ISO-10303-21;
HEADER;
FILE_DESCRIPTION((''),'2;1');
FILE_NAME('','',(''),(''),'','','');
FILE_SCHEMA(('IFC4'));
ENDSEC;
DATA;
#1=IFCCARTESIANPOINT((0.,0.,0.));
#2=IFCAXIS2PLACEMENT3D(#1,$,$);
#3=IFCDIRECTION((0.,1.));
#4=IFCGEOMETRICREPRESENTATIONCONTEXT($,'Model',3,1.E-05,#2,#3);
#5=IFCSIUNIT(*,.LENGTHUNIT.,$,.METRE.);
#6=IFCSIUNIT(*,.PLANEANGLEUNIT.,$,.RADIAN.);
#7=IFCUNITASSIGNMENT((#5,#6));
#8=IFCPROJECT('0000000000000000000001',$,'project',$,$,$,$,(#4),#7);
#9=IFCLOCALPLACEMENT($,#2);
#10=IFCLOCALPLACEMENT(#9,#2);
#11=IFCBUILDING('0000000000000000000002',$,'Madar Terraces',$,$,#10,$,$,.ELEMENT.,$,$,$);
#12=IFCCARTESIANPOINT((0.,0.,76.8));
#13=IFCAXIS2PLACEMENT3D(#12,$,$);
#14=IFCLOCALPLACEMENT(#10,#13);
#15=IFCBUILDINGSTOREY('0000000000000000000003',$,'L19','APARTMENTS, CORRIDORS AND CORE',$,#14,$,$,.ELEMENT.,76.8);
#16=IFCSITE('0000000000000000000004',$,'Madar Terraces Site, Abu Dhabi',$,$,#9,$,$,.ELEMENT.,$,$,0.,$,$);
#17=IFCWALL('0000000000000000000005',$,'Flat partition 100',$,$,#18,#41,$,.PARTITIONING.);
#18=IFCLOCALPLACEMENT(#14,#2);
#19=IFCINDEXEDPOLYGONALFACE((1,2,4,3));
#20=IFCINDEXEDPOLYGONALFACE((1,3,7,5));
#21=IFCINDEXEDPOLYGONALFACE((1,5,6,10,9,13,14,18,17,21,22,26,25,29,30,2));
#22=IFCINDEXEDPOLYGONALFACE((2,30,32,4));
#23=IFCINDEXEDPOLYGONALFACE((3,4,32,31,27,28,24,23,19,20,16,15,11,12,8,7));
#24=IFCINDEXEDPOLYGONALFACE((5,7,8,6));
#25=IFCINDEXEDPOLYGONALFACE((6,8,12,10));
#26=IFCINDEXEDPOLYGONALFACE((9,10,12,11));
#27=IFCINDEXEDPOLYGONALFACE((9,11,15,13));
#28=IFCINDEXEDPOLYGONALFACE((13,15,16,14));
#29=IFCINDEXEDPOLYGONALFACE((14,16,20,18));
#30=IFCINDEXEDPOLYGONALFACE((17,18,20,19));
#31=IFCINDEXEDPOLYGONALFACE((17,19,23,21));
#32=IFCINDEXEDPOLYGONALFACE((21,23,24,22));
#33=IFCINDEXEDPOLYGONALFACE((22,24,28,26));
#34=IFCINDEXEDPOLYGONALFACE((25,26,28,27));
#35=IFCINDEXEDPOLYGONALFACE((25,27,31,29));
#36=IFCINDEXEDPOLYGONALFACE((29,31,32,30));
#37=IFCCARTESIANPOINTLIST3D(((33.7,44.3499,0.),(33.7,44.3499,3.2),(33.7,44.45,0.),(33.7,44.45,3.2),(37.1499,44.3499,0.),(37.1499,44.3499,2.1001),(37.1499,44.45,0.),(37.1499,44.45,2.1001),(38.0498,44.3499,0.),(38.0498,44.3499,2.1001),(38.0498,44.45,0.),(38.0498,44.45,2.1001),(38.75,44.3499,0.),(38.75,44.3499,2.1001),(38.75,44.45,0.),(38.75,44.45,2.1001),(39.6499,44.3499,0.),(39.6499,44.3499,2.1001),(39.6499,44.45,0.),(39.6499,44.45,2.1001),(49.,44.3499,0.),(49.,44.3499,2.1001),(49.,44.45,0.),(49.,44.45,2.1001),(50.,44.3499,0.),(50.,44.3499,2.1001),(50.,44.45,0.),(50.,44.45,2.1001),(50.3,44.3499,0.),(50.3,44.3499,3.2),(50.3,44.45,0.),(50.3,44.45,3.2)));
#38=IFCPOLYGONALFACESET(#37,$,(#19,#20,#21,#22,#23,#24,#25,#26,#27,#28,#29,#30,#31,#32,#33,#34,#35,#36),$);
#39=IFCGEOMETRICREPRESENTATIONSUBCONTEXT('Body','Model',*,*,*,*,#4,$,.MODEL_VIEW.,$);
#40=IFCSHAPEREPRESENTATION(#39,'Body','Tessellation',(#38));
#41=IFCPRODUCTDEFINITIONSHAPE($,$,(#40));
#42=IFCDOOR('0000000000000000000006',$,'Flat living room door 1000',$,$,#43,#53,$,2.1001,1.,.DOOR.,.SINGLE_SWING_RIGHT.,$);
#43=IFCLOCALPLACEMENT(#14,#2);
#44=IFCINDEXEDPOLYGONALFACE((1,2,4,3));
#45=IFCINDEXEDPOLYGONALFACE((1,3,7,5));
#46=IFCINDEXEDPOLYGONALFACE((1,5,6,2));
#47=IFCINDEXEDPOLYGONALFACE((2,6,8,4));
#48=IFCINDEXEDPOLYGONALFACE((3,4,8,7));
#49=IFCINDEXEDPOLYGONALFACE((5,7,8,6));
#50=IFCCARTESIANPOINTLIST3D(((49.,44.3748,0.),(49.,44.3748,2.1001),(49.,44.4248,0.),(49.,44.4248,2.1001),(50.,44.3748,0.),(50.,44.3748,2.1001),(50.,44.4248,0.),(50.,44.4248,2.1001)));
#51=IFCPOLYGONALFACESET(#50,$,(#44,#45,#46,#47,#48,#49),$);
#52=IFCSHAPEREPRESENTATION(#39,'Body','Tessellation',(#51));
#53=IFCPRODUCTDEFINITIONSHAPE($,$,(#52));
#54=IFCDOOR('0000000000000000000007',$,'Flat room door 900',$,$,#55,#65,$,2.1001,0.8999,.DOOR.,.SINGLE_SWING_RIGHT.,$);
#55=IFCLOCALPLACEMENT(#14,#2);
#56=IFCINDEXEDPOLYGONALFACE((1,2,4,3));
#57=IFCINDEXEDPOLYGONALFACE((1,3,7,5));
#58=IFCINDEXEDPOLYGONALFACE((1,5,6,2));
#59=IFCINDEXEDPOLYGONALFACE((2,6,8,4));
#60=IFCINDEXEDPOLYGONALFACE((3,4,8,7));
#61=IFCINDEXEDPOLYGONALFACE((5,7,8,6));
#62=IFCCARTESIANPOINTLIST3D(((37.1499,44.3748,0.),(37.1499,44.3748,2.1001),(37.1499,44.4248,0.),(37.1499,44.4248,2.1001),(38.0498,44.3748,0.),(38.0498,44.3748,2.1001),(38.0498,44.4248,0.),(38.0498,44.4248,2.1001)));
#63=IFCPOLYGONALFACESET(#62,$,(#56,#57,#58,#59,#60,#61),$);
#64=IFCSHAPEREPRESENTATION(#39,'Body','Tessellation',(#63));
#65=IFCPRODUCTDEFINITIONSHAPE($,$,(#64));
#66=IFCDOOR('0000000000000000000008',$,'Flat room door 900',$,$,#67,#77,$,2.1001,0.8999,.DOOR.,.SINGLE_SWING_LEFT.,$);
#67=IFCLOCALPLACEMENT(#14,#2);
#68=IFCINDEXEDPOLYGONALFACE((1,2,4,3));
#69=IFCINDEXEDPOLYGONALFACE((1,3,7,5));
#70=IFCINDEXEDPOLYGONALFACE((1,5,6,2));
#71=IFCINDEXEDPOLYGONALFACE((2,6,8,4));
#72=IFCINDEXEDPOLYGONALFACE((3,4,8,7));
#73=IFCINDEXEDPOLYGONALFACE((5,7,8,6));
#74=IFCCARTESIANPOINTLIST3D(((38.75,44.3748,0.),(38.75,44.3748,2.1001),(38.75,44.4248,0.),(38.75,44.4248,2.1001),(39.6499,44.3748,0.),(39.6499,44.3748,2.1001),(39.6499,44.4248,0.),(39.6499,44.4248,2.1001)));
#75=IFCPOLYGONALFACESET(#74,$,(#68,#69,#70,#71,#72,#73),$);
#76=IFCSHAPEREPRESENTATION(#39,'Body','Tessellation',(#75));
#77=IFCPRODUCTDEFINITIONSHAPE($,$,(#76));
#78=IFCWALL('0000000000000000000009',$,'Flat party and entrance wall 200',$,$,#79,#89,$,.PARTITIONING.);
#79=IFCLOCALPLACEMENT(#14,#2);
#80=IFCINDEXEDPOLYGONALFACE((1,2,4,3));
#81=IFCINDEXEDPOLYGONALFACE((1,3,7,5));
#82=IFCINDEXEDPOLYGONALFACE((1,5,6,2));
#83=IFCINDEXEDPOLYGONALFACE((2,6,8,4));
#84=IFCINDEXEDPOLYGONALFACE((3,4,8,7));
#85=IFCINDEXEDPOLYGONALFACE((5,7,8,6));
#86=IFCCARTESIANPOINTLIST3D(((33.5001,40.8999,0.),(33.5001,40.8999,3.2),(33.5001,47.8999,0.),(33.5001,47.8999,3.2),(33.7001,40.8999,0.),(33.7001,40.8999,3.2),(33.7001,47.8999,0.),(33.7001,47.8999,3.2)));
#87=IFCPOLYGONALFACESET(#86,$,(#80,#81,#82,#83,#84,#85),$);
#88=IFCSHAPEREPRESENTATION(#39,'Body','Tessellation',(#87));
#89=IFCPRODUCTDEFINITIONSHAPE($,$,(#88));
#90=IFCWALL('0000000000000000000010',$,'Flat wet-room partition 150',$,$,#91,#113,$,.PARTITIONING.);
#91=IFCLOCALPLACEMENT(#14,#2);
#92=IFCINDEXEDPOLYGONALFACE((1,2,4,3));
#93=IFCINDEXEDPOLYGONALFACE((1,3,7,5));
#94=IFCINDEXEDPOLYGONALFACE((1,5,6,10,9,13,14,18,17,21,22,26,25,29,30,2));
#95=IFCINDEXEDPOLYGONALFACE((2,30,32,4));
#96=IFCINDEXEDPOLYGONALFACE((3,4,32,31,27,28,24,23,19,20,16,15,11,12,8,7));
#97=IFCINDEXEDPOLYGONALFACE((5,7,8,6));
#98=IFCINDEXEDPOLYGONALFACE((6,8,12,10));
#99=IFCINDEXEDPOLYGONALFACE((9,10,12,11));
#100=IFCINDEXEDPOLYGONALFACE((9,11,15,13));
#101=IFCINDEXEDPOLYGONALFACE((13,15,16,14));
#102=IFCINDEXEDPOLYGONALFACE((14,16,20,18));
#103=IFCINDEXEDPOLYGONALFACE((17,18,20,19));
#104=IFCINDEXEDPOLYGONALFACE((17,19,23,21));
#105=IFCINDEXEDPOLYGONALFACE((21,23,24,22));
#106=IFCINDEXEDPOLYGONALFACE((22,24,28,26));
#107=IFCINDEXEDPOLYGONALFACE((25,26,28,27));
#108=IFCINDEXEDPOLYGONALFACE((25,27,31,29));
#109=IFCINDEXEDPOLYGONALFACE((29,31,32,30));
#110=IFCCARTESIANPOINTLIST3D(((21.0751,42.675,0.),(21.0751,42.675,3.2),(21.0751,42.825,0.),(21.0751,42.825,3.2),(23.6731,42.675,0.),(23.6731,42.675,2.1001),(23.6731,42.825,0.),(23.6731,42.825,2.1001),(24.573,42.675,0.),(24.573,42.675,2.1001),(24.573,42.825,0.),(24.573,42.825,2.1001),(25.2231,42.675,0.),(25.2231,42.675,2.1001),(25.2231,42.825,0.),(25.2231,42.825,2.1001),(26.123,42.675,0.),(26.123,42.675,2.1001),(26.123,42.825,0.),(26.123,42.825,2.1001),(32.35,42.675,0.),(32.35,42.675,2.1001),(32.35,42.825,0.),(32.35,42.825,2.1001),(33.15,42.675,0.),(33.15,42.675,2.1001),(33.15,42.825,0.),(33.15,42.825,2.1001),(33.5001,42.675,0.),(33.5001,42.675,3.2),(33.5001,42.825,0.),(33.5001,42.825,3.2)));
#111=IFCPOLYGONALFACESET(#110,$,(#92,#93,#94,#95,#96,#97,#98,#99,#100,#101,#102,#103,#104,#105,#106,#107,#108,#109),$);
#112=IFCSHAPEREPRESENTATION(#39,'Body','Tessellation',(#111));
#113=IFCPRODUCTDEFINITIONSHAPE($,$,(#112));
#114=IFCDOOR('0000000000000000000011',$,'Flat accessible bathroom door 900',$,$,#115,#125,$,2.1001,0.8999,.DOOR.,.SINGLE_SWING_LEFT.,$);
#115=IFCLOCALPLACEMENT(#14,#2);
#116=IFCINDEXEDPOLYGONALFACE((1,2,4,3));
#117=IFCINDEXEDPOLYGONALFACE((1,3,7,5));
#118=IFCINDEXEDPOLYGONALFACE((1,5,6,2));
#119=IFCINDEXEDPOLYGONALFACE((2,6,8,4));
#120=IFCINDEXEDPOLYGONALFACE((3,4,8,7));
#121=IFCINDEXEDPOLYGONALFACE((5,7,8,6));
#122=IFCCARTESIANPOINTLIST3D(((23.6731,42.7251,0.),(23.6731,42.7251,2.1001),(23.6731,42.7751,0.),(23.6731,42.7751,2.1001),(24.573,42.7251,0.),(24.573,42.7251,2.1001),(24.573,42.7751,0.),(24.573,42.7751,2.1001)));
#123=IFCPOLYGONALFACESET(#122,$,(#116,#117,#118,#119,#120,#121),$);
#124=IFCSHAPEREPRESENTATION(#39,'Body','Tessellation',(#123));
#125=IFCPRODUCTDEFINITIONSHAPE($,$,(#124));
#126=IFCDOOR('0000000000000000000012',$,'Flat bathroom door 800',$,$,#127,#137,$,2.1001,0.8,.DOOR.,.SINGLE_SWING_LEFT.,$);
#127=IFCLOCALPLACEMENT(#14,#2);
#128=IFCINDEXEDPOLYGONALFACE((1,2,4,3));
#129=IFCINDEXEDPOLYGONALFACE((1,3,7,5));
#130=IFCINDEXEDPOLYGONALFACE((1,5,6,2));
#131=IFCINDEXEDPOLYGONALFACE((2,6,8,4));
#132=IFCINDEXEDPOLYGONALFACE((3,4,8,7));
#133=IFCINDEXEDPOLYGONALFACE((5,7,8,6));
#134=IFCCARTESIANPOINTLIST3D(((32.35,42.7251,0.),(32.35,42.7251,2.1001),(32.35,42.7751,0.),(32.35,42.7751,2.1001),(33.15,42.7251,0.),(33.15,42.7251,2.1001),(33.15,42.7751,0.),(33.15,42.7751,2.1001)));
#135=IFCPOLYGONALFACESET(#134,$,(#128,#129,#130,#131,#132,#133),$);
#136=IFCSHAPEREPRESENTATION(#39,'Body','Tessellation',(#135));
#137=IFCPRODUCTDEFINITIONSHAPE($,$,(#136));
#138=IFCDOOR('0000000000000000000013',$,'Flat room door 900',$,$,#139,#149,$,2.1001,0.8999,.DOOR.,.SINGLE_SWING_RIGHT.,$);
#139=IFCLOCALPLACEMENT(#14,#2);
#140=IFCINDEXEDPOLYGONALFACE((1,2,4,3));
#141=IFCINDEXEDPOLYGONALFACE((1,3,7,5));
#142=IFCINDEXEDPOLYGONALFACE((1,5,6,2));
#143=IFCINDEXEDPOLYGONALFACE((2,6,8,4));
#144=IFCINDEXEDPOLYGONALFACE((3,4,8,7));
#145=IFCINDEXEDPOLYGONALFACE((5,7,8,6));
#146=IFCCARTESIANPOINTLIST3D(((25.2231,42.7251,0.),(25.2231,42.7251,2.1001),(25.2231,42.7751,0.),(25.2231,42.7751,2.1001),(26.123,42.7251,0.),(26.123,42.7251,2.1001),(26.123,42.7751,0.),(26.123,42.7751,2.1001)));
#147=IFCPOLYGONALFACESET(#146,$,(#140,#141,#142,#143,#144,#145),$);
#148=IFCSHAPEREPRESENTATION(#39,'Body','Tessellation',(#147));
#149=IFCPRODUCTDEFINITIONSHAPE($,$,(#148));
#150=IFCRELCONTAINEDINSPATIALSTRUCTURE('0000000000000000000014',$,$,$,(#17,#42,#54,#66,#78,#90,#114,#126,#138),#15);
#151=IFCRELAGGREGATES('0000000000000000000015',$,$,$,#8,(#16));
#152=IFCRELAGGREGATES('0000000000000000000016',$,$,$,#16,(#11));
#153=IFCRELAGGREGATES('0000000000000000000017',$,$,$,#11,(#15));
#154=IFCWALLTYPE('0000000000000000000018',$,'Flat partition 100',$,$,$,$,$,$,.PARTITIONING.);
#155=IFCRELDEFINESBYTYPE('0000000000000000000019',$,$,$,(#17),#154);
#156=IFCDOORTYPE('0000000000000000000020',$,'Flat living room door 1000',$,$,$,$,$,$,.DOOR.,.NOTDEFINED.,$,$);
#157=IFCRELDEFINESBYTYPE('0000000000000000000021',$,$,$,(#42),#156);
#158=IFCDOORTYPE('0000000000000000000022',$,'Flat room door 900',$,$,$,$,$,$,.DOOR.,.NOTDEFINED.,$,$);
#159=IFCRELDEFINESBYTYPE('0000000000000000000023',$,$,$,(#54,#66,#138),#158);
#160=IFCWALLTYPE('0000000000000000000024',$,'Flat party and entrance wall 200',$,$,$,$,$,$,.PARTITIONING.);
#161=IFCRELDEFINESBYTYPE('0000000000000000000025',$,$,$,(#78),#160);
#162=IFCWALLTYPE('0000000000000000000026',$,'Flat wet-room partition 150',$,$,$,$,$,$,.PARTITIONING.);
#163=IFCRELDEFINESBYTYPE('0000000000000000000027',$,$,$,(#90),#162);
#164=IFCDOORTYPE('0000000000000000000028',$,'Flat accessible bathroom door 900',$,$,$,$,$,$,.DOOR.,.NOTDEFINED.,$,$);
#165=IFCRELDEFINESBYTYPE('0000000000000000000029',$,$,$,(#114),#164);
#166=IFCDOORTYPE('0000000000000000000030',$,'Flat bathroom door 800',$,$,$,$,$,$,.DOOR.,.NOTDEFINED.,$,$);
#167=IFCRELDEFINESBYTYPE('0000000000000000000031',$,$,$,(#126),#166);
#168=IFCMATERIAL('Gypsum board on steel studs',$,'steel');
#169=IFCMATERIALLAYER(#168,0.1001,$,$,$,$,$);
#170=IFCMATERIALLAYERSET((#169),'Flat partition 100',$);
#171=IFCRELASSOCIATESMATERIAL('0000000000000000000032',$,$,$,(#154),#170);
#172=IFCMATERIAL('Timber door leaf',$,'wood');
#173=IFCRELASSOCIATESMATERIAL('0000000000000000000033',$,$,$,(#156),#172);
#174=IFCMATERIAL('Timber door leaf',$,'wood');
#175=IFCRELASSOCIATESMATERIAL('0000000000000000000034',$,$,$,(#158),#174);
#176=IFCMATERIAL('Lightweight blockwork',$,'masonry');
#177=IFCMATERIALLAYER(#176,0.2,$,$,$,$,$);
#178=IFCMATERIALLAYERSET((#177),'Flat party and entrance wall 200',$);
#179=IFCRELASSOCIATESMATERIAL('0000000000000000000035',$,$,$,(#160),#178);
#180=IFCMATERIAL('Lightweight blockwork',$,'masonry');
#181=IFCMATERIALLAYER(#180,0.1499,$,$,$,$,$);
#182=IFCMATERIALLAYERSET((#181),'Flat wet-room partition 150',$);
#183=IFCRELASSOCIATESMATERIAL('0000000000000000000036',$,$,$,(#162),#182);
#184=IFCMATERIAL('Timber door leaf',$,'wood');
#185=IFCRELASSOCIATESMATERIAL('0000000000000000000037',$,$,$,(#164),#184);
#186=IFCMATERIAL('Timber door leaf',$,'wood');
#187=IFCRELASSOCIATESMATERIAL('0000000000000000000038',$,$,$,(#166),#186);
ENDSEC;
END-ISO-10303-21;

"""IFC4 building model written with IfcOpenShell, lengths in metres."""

from ifc_helpers import new_model, si_unit, direction, frame, frame_2d, origin, place, context, subcontext, project, spatial, rectangle, extrude, material, layer, layer_set, type_object, element, fill, save


model = new_model("IFC4")

# Units and contexts
model_context = context("Model", 3, precision=1e-05, world=origin(), true_north=direction((0.0, 1.0)))
body_context = subcontext(model_context, "Body", "Model", "MODEL_VIEW")
ifc_project = project(units=[si_unit("LENGTHUNIT", "METRE"), si_unit("PLANEANGLEUNIT", "RADIAN")], contexts=[model_context])

# Site, building, storey
site_placement = place(None, origin())
site = spatial("IfcSite", under=ifc_project, at=site_placement, Name="Madar Terraces Site, Abu Dhabi", CompositionType="ELEMENT", RefElevation=0.0)
building_placement = place(site_placement, origin())
building = spatial("IfcBuilding", under=site, at=building_placement, Name="Madar Terraces", CompositionType="ELEMENT")
storey_placement = place(building_placement, frame((0.0, 0.0, 76.8)))
storey = spatial("IfcBuildingStorey", under=building, at=storey_placement, Name="L19", Description="APARTMENTS, CORRIDORS AND CORE", CompositionType="ELEMENT", Elevation=76.8)

# Shared definitions
ifc_material_1 = material(Name="Gypsum board on steel studs", Category="steel")
ifc_layer_1 = layer(ifc_material_1, 0.1001)
ifc_layer_set_1 = layer_set([ifc_layer_1], Name="Flat partition 100")
wall_type_1 = type_object("IfcWallType", Name="Flat partition 100", PredefinedType="PARTITIONING", material=ifc_layer_set_1)

# Wall, openings, doors
wall_1_placement = place(storey_placement, frame((33.7, 44.3999, 0.0), z_axis=(0.0, 0.0, 1.0), x_axis=(1.0, 0.0, 0.0)))
wall_1 = element("IfcWall", 1, at=wall_1_placement, inside=storey, type_object=wall_type_1, Name="Flat partition 100", PredefinedType="PARTITIONING", context=body_context, shape_type="SweptSolid", body=[
    extrude(rectangle(XDim=16.6001, YDim=0.1001, at=frame_2d((8.3, 0.0))), origin(), (0.0, 0.0, 1.0), 3.2),
])
opening_1_placement = place(wall_1_placement, frame((3.45, 0.0, 0.0)))
opening_1 = element("IfcOpeningElement", 2, at=opening_1_placement, cuts=wall_1, PredefinedType="OPENING", context=body_context, shape_type="SweptSolid", body=[
    extrude(rectangle(XDim=0.8999, YDim=2.1001, at=frame_2d((0.45, 1.05))), frame((0.0, 0.0601, 0.0), z_axis=(0.0, -1.0, 0.0), x_axis=(1.0, 0.0, 0.0)), (0.0, 0.0, 1.0), 0.1201),
])
opening_2_placement = place(wall_1_placement, frame((5.05, 0.0, 0.0)))
opening_2 = element("IfcOpeningElement", 3, at=opening_2_placement, cuts=wall_1, PredefinedType="OPENING", context=body_context, shape_type="SweptSolid", body=[
    extrude(rectangle(XDim=0.8999, YDim=2.1001, at=frame_2d((0.45, 1.05))), frame((0.0, 0.0601, 0.0), z_axis=(0.0, -1.0, 0.0), x_axis=(1.0, 0.0, 0.0)), (0.0, 0.0, 1.0), 0.1201),
])
opening_3_placement = place(wall_1_placement, frame((15.3, 0.0, 0.0)))
opening_3 = element("IfcOpeningElement", 4, at=opening_3_placement, cuts=wall_1, PredefinedType="OPENING", context=body_context, shape_type="SweptSolid", body=[
    extrude(rectangle(XDim=1.0, YDim=2.1001, at=frame_2d((0.5, 1.05))), frame((0.0, 0.0601, 0.0), z_axis=(0.0, -1.0, 0.0), x_axis=(1.0, 0.0, 0.0)), (0.0, 0.0, 1.0), 0.1201),
])
ifc_material_2 = material(Name="Timber door leaf", Category="wood")
door_type_1 = type_object("IfcDoorType", Name="Flat living room door 1000", OperationType="NOTDEFINED", PredefinedType="DOOR", material=ifc_material_2)
door_1_placement = place(opening_3_placement, origin())
door_1 = element("IfcDoor", 5, at=door_1_placement, inside=storey, type_object=door_type_1, Name="Flat living room door 1000", OperationType="SINGLE_SWING_RIGHT", OverallHeight=2.1001, OverallWidth=1.0, PredefinedType="DOOR", context=body_context, shape_type="SweptSolid", body=[
    extrude(rectangle(XDim=1.0, YDim=2.1001, at=frame_2d((0.5, 1.05))), frame((0.0, 0.0249, 0.0), z_axis=(0.0, -1.0, 0.0), x_axis=(1.0, 0.0, 0.0)), (0.0, 0.0, 1.0), 0.05),
])
fill(opening_3, door_1)
ifc_material_3 = material(Name="Timber door leaf", Category="wood")
door_type_2 = type_object("IfcDoorType", Name="Flat room door 900", OperationType="NOTDEFINED", PredefinedType="DOOR", material=ifc_material_3)
door_2_placement = place(opening_1_placement, origin())
door_2 = element("IfcDoor", 6, at=door_2_placement, inside=storey, type_object=door_type_2, Name="Flat room door 900", OperationType="SINGLE_SWING_RIGHT", OverallHeight=2.1001, OverallWidth=0.8999, PredefinedType="DOOR", context=body_context, shape_type="SweptSolid", body=[
    extrude(rectangle(XDim=0.8999, YDim=2.1001, at=frame_2d((0.45, 1.05))), frame((0.0, 0.0249, 0.0), z_axis=(0.0, -1.0, 0.0), x_axis=(1.0, 0.0, 0.0)), (0.0, 0.0, 1.0), 0.05),
])
fill(opening_1, door_2)
door_3_placement = place(opening_2_placement, origin())
door_3 = element("IfcDoor", 7, at=door_3_placement, inside=storey, type_object=door_type_2, Name="Flat room door 900", OperationType="SINGLE_SWING_LEFT", OverallHeight=2.1001, OverallWidth=0.8999, PredefinedType="DOOR", context=body_context, shape_type="SweptSolid", body=[
    extrude(rectangle(XDim=0.8999, YDim=2.1001, at=frame_2d((0.45, 1.05))), frame((0.0, 0.0249, 0.0), z_axis=(0.0, -1.0, 0.0), x_axis=(1.0, 0.0, 0.0)), (0.0, 0.0, 1.0), 0.05),
])
fill(opening_2, door_3)

# Wall
ifc_material_4 = material(Name="Lightweight blockwork", Category="masonry")
ifc_layer_2 = layer(ifc_material_4, 0.2)
ifc_layer_set_2 = layer_set([ifc_layer_2], Name="Flat party and entrance wall 200")
wall_type_2 = type_object("IfcWallType", Name="Flat party and entrance wall 200", PredefinedType="PARTITIONING", material=ifc_layer_set_2)
wall_2_placement = place(storey_placement, frame((33.6001, 47.8999, 0.0), z_axis=(0.0, 0.0, 1.0), x_axis=(0.0, -1.0, 0.0)))
element("IfcWall", 8, at=wall_2_placement, inside=storey, type_object=wall_type_2, Name="Flat party and entrance wall 200", PredefinedType="PARTITIONING", context=body_context, shape_type="SweptSolid", body=[
    extrude(rectangle(XDim=7.0, YDim=0.2, at=frame_2d((3.5, 0.0))), origin(), (0.0, 0.0, 1.0), 3.2),
])

# Wall, openings, doors
ifc_material_5 = material(Name="Lightweight blockwork", Category="masonry")
ifc_layer_3 = layer(ifc_material_5, 0.1499)
ifc_layer_set_3 = layer_set([ifc_layer_3], Name="Flat wet-room partition 150")
wall_type_3 = type_object("IfcWallType", Name="Flat wet-room partition 150", PredefinedType="PARTITIONING", material=ifc_layer_set_3)
wall_3_placement = place(storey_placement, frame((33.5, 42.75, 0.0), z_axis=(0.0, 0.0, 1.0), x_axis=(-1.0, 0.0, 0.0)))
wall_3 = element("IfcWall", 9, at=wall_3_placement, inside=storey, type_object=wall_type_3, Name="Flat wet-room partition 150", PredefinedType="PARTITIONING", context=body_context, shape_type="SweptSolid", body=[
    extrude(rectangle(XDim=12.425, YDim=0.1499, at=frame_2d((6.2124, 0.0))), origin(), (0.0, 0.0, 1.0), 3.2),
])
opening_4_placement = place(wall_3_placement, frame((8.927, 0.0, 0.0)))
opening_4 = element("IfcOpeningElement", 10, at=opening_4_placement, cuts=wall_3, PredefinedType="OPENING", context=body_context, shape_type="SweptSolid", body=[
    extrude(rectangle(XDim=0.8999, YDim=2.1001, at=frame_2d((0.45, 1.05))), frame((0.0, 0.085, 0.0), z_axis=(0.0, -1.0, 0.0), x_axis=(1.0, 0.0, 0.0)), (0.0, 0.0, 1.0), 0.1699),
])
opening_5_placement = place(wall_3_placement, frame((7.377, 0.0, 0.0)))
opening_5 = element("IfcOpeningElement", 11, at=opening_5_placement, cuts=wall_3, PredefinedType="OPENING", context=body_context, shape_type="SweptSolid", body=[
    extrude(rectangle(XDim=0.8999, YDim=2.1001, at=frame_2d((0.45, 1.05))), frame((0.0, 0.085, 0.0), z_axis=(0.0, -1.0, 0.0), x_axis=(1.0, 0.0, 0.0)), (0.0, 0.0, 1.0), 0.1699),
])
opening_6_placement = place(wall_3_placement, frame((0.3501, 0.0, 0.0)))
opening_6 = element("IfcOpeningElement", 12, at=opening_6_placement, cuts=wall_3, PredefinedType="OPENING", context=body_context, shape_type="SweptSolid", body=[
    extrude(rectangle(XDim=0.8, YDim=2.1001, at=frame_2d((0.3999, 1.05))), frame((0.0, 0.085, 0.0), z_axis=(0.0, -1.0, 0.0), x_axis=(1.0, 0.0, 0.0)), (0.0, 0.0, 1.0), 0.1699),
])
ifc_material_6 = material(Name="Timber door leaf", Category="wood")
door_type_3 = type_object("IfcDoorType", Name="Flat accessible bathroom door 900", OperationType="NOTDEFINED", PredefinedType="DOOR", material=ifc_material_6)
door_4_placement = place(opening_4_placement, origin())
door_4 = element("IfcDoor", 13, at=door_4_placement, inside=storey, type_object=door_type_3, Name="Flat accessible bathroom door 900", OperationType="SINGLE_SWING_LEFT", OverallHeight=2.1001, OverallWidth=0.8999, PredefinedType="DOOR", context=body_context, shape_type="SweptSolid", body=[
    extrude(rectangle(XDim=0.8999, YDim=2.1001, at=frame_2d((0.45, 1.05))), frame((0.0, 0.0249, 0.0), z_axis=(0.0, -1.0, 0.0), x_axis=(1.0, 0.0, 0.0)), (0.0, 0.0, 1.0), 0.05),
])
fill(opening_4, door_4)
ifc_material_7 = material(Name="Timber door leaf", Category="wood")
door_type_4 = type_object("IfcDoorType", Name="Flat bathroom door 800", OperationType="NOTDEFINED", PredefinedType="DOOR", material=ifc_material_7)
door_5_placement = place(opening_6_placement, origin())
door_5 = element("IfcDoor", 14, at=door_5_placement, inside=storey, type_object=door_type_4, Name="Flat bathroom door 800", OperationType="SINGLE_SWING_LEFT", OverallHeight=2.1001, OverallWidth=0.8, PredefinedType="DOOR", context=body_context, shape_type="SweptSolid", body=[
    extrude(rectangle(XDim=0.8, YDim=2.1001, at=frame_2d((0.3999, 1.05))), frame((0.0, 0.0249, 0.0), z_axis=(0.0, -1.0, 0.0), x_axis=(1.0, 0.0, 0.0)), (0.0, 0.0, 1.0), 0.05),
])
fill(opening_6, door_5)
door_6_placement = place(opening_5_placement, origin())
door_6 = element("IfcDoor", 15, at=door_6_placement, inside=storey, type_object=door_type_2, Name="Flat room door 900", OperationType="SINGLE_SWING_RIGHT", OverallHeight=2.1001, OverallWidth=0.8999, PredefinedType="DOOR", context=body_context, shape_type="SweptSolid", body=[
    extrude(rectangle(XDim=0.8999, YDim=2.1001, at=frame_2d((0.45, 1.05))), frame((0.0, 0.0249, 0.0), z_axis=(0.0, -1.0, 0.0), x_axis=(1.0, 0.0, 0.0)), (0.0, 0.0, 1.0), 0.05),
])
fill(opening_5, door_6)

save(model, "model.ifc")
